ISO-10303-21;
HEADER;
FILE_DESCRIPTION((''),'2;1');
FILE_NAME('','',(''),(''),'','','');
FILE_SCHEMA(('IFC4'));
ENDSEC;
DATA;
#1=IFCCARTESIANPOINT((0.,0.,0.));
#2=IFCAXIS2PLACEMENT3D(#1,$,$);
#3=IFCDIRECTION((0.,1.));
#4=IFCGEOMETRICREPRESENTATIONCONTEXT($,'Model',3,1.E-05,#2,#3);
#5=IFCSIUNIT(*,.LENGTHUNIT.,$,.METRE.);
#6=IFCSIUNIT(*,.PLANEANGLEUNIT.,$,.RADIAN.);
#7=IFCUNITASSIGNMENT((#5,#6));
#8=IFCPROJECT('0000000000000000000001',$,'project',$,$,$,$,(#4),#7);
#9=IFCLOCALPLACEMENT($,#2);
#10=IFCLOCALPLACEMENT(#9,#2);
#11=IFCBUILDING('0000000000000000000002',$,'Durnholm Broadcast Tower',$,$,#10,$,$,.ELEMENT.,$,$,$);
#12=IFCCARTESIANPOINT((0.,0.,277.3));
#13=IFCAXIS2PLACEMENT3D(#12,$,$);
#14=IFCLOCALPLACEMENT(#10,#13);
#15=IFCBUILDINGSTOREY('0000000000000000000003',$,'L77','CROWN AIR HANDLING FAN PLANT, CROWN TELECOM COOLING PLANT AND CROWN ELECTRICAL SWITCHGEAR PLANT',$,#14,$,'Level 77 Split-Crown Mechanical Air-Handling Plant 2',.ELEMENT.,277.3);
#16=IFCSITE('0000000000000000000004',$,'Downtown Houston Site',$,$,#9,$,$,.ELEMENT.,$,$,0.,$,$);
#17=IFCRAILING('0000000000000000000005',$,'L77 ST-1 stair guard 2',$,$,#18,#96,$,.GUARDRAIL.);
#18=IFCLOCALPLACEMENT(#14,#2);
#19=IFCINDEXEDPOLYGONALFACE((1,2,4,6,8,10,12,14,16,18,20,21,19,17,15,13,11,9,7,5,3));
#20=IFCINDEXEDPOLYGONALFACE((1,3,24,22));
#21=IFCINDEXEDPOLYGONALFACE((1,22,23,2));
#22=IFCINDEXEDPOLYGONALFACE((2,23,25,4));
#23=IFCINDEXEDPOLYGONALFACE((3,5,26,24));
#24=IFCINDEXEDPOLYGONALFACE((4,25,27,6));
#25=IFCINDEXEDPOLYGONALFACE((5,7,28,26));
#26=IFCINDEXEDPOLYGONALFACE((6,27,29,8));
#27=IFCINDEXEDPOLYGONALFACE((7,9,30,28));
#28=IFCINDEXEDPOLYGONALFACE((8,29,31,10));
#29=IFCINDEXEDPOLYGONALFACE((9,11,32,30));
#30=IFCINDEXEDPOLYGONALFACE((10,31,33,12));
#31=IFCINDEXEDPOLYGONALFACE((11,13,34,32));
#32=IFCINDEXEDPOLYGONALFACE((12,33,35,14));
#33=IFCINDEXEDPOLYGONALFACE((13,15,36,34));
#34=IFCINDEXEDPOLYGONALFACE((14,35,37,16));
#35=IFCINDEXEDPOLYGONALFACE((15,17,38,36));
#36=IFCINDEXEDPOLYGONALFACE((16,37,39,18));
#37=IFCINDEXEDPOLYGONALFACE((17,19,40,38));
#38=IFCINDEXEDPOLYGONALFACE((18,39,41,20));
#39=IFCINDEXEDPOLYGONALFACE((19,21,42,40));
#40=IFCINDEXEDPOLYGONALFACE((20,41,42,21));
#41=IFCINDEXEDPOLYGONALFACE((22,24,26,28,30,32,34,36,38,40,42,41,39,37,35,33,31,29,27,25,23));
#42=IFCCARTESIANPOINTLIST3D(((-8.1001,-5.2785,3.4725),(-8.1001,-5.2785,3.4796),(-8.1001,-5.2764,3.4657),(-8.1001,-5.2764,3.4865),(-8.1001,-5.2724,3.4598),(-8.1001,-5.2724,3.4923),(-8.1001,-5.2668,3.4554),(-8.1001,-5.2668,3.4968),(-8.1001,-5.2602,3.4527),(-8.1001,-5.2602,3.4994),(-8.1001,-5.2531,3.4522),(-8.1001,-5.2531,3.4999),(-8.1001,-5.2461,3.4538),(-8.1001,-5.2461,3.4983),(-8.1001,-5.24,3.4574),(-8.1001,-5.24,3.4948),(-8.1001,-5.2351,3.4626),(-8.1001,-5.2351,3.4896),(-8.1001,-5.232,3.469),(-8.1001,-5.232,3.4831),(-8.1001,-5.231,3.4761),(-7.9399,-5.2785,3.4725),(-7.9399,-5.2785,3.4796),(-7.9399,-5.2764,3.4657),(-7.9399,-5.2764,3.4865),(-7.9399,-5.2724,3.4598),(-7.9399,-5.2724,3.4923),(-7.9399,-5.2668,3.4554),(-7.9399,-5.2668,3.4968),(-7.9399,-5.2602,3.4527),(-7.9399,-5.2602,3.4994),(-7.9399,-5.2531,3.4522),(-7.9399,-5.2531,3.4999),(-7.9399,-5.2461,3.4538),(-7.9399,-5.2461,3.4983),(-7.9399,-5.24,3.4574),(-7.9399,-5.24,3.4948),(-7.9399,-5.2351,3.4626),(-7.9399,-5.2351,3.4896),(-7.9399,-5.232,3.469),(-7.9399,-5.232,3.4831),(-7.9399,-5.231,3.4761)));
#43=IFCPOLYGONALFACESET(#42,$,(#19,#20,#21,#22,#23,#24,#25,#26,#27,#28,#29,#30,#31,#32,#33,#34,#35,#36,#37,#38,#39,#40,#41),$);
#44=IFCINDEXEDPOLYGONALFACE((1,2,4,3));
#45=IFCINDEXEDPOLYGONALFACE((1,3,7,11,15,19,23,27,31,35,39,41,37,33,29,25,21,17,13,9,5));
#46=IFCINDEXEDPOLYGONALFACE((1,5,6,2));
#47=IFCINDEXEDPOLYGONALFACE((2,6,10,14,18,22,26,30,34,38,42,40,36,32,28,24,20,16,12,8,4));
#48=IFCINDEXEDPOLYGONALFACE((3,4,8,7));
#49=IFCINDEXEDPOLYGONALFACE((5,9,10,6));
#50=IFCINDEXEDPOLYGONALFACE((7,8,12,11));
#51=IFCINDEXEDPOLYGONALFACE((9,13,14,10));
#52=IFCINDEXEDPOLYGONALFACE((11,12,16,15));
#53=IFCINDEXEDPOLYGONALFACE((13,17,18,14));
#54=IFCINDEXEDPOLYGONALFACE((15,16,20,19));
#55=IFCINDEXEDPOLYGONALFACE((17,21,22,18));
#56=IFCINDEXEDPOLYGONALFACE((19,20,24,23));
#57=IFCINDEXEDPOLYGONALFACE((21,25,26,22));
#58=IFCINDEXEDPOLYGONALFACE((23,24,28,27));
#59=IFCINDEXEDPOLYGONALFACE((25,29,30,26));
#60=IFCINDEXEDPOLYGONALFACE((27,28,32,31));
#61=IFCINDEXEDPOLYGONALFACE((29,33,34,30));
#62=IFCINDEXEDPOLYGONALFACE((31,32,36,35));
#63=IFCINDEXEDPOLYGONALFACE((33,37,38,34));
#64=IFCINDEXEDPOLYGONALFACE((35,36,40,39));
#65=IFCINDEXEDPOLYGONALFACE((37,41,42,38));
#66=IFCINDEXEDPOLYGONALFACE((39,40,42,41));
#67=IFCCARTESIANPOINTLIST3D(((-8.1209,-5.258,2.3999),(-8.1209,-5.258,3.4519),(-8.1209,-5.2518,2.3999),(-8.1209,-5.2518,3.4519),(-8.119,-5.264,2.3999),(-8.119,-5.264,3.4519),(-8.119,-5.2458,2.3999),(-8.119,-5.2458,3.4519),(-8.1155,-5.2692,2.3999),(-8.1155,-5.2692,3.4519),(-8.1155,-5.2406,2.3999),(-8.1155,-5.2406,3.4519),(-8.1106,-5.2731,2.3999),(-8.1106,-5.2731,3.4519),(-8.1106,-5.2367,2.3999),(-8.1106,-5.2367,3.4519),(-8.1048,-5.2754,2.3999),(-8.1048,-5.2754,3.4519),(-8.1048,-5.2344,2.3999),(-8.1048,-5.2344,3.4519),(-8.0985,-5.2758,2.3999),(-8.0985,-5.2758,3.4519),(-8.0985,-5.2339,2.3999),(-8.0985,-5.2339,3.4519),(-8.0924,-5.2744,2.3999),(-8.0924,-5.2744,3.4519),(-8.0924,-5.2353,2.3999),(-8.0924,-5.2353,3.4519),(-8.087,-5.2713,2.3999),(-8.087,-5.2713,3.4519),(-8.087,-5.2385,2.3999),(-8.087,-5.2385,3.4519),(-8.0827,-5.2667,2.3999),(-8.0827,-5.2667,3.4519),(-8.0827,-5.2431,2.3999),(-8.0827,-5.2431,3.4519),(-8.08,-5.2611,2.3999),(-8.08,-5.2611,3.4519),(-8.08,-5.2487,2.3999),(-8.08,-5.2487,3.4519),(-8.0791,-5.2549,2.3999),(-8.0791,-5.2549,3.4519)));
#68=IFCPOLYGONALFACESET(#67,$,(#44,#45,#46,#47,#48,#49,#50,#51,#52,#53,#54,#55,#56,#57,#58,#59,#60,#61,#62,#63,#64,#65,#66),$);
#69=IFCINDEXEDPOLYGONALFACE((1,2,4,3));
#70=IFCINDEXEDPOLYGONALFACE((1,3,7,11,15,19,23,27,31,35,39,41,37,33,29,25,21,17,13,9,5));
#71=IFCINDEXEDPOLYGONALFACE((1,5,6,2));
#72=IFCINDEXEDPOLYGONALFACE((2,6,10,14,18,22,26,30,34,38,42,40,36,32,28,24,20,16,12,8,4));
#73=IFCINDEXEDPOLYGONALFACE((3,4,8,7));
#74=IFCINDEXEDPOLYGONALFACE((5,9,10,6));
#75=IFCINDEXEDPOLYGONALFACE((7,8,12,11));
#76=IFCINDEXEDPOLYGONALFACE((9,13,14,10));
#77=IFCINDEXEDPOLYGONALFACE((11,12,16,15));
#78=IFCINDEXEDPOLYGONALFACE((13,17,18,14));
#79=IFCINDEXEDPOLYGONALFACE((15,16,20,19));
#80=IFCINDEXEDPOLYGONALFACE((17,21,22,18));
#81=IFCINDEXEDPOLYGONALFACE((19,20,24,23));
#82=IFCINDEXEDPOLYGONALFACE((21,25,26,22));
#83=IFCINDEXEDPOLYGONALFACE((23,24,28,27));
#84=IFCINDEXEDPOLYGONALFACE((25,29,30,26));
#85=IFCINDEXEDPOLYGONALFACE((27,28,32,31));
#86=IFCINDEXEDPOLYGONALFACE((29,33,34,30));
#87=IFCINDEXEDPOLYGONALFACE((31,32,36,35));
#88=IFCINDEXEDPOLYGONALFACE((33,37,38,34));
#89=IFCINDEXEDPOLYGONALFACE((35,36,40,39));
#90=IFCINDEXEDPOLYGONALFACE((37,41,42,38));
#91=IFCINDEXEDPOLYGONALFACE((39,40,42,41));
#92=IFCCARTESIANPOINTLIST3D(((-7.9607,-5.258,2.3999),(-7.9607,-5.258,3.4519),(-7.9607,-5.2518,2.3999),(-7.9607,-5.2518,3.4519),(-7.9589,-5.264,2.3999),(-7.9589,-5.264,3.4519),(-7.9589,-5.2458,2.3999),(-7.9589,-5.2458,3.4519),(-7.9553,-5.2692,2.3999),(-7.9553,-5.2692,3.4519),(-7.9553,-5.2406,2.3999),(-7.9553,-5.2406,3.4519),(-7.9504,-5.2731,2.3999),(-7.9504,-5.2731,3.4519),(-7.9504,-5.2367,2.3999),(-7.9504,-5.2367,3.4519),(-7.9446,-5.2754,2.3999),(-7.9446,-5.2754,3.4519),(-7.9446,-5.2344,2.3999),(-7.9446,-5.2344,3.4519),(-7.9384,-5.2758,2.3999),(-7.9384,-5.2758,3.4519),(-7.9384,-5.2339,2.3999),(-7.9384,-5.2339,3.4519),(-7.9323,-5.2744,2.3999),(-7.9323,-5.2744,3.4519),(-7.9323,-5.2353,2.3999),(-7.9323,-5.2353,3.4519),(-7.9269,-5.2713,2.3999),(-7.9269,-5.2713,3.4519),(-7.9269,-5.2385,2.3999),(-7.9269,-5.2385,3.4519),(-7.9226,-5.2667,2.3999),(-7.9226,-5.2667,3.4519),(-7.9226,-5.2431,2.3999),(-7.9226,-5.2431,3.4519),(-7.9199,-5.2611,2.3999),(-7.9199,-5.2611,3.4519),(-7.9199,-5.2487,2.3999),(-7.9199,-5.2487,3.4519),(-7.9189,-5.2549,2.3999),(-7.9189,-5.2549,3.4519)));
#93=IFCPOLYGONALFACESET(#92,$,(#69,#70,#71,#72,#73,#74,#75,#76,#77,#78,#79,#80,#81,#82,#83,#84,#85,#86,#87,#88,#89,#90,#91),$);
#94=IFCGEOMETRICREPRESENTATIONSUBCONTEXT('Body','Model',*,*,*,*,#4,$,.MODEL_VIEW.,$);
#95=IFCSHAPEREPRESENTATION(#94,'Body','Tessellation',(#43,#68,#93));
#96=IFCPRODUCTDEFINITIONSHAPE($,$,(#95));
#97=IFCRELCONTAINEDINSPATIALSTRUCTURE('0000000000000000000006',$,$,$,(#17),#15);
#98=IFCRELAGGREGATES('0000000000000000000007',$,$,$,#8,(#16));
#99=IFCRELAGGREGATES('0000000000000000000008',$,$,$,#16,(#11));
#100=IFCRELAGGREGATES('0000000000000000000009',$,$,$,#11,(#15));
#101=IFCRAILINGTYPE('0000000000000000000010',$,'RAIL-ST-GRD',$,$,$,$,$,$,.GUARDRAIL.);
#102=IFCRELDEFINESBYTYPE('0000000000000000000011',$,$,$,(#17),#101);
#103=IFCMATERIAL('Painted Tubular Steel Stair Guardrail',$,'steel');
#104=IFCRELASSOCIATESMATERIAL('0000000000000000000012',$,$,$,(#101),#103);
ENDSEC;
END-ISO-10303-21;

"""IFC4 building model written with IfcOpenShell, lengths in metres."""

from ifc_helpers import new_model, si_unit, direction, frame, origin, origin_2d, place, context, subcontext, project, spatial, circle, extrude, material, type_object, element, save


model = new_model("IFC4")

# Units and contexts
model_context = context("Model", 3, precision=1e-05, world=origin(), true_north=direction((0.0, 1.0)))
body_context = subcontext(model_context, "Body", "Model", "MODEL_VIEW")
ifc_project = project(units=[si_unit("LENGTHUNIT", "METRE"), si_unit("PLANEANGLEUNIT", "RADIAN")], contexts=[model_context])

# Site, building, storey
site_placement = place(None, origin())
site = spatial("IfcSite", under=ifc_project, at=site_placement, Name="Downtown Houston Site", CompositionType="ELEMENT", RefElevation=0.0)
building_placement = place(site_placement, origin())
building = spatial("IfcBuilding", under=site, at=building_placement, Name="Durnholm Broadcast Tower", CompositionType="ELEMENT")
storey_placement = place(building_placement, frame((0.0, 0.0, 277.3)))
storey = spatial("IfcBuildingStorey", under=building, at=storey_placement, Name="L77", Description="CROWN AIR HANDLING FAN PLANT, CROWN TELECOM COOLING PLANT AND CROWN ELECTRICAL SWITCHGEAR PLANT", LongName="Level 77 Split-Crown Mechanical Air-Handling Plant 2", CompositionType="ELEMENT", Elevation=277.3)

# Railing
ifc_material_1 = material(Name="Painted Tubular Steel Stair Guardrail", Category="steel")
railing_type_1 = type_object("IfcRailingType", Name="RAIL-ST-GRD", PredefinedType="GUARDRAIL", material=ifc_material_1)
railing_1_placement = place(storey_placement, frame((-8.1001, -5.2549, 2.3999)))
element("IfcRailing", 1, at=railing_1_placement, inside=storey, type_object=railing_type_1, Name="L77 ST-1 stair guard 2", PredefinedType="GUARDRAIL", context=body_context, shape_type="SweptSolid", body=[
    extrude(circle(Radius=0.0239, at=origin_2d()), frame((0.0, 0.0, 1.0762), z_axis=(1.0, 0.0, 0.0), x_axis=(0.0, 1.0, 0.0)), (0.0, 0.0, 1.0), 0.1602),
    extrude(circle(Radius=0.021, at=origin_2d()), origin(), (0.0, 0.0, 1.0), 1.052),
    extrude(circle(Radius=0.021, at=origin_2d()), frame((0.1602, 0.0, 0.0)), (0.0, 0.0, 1.0), 1.052),
])

save(model, "model.ifc")
